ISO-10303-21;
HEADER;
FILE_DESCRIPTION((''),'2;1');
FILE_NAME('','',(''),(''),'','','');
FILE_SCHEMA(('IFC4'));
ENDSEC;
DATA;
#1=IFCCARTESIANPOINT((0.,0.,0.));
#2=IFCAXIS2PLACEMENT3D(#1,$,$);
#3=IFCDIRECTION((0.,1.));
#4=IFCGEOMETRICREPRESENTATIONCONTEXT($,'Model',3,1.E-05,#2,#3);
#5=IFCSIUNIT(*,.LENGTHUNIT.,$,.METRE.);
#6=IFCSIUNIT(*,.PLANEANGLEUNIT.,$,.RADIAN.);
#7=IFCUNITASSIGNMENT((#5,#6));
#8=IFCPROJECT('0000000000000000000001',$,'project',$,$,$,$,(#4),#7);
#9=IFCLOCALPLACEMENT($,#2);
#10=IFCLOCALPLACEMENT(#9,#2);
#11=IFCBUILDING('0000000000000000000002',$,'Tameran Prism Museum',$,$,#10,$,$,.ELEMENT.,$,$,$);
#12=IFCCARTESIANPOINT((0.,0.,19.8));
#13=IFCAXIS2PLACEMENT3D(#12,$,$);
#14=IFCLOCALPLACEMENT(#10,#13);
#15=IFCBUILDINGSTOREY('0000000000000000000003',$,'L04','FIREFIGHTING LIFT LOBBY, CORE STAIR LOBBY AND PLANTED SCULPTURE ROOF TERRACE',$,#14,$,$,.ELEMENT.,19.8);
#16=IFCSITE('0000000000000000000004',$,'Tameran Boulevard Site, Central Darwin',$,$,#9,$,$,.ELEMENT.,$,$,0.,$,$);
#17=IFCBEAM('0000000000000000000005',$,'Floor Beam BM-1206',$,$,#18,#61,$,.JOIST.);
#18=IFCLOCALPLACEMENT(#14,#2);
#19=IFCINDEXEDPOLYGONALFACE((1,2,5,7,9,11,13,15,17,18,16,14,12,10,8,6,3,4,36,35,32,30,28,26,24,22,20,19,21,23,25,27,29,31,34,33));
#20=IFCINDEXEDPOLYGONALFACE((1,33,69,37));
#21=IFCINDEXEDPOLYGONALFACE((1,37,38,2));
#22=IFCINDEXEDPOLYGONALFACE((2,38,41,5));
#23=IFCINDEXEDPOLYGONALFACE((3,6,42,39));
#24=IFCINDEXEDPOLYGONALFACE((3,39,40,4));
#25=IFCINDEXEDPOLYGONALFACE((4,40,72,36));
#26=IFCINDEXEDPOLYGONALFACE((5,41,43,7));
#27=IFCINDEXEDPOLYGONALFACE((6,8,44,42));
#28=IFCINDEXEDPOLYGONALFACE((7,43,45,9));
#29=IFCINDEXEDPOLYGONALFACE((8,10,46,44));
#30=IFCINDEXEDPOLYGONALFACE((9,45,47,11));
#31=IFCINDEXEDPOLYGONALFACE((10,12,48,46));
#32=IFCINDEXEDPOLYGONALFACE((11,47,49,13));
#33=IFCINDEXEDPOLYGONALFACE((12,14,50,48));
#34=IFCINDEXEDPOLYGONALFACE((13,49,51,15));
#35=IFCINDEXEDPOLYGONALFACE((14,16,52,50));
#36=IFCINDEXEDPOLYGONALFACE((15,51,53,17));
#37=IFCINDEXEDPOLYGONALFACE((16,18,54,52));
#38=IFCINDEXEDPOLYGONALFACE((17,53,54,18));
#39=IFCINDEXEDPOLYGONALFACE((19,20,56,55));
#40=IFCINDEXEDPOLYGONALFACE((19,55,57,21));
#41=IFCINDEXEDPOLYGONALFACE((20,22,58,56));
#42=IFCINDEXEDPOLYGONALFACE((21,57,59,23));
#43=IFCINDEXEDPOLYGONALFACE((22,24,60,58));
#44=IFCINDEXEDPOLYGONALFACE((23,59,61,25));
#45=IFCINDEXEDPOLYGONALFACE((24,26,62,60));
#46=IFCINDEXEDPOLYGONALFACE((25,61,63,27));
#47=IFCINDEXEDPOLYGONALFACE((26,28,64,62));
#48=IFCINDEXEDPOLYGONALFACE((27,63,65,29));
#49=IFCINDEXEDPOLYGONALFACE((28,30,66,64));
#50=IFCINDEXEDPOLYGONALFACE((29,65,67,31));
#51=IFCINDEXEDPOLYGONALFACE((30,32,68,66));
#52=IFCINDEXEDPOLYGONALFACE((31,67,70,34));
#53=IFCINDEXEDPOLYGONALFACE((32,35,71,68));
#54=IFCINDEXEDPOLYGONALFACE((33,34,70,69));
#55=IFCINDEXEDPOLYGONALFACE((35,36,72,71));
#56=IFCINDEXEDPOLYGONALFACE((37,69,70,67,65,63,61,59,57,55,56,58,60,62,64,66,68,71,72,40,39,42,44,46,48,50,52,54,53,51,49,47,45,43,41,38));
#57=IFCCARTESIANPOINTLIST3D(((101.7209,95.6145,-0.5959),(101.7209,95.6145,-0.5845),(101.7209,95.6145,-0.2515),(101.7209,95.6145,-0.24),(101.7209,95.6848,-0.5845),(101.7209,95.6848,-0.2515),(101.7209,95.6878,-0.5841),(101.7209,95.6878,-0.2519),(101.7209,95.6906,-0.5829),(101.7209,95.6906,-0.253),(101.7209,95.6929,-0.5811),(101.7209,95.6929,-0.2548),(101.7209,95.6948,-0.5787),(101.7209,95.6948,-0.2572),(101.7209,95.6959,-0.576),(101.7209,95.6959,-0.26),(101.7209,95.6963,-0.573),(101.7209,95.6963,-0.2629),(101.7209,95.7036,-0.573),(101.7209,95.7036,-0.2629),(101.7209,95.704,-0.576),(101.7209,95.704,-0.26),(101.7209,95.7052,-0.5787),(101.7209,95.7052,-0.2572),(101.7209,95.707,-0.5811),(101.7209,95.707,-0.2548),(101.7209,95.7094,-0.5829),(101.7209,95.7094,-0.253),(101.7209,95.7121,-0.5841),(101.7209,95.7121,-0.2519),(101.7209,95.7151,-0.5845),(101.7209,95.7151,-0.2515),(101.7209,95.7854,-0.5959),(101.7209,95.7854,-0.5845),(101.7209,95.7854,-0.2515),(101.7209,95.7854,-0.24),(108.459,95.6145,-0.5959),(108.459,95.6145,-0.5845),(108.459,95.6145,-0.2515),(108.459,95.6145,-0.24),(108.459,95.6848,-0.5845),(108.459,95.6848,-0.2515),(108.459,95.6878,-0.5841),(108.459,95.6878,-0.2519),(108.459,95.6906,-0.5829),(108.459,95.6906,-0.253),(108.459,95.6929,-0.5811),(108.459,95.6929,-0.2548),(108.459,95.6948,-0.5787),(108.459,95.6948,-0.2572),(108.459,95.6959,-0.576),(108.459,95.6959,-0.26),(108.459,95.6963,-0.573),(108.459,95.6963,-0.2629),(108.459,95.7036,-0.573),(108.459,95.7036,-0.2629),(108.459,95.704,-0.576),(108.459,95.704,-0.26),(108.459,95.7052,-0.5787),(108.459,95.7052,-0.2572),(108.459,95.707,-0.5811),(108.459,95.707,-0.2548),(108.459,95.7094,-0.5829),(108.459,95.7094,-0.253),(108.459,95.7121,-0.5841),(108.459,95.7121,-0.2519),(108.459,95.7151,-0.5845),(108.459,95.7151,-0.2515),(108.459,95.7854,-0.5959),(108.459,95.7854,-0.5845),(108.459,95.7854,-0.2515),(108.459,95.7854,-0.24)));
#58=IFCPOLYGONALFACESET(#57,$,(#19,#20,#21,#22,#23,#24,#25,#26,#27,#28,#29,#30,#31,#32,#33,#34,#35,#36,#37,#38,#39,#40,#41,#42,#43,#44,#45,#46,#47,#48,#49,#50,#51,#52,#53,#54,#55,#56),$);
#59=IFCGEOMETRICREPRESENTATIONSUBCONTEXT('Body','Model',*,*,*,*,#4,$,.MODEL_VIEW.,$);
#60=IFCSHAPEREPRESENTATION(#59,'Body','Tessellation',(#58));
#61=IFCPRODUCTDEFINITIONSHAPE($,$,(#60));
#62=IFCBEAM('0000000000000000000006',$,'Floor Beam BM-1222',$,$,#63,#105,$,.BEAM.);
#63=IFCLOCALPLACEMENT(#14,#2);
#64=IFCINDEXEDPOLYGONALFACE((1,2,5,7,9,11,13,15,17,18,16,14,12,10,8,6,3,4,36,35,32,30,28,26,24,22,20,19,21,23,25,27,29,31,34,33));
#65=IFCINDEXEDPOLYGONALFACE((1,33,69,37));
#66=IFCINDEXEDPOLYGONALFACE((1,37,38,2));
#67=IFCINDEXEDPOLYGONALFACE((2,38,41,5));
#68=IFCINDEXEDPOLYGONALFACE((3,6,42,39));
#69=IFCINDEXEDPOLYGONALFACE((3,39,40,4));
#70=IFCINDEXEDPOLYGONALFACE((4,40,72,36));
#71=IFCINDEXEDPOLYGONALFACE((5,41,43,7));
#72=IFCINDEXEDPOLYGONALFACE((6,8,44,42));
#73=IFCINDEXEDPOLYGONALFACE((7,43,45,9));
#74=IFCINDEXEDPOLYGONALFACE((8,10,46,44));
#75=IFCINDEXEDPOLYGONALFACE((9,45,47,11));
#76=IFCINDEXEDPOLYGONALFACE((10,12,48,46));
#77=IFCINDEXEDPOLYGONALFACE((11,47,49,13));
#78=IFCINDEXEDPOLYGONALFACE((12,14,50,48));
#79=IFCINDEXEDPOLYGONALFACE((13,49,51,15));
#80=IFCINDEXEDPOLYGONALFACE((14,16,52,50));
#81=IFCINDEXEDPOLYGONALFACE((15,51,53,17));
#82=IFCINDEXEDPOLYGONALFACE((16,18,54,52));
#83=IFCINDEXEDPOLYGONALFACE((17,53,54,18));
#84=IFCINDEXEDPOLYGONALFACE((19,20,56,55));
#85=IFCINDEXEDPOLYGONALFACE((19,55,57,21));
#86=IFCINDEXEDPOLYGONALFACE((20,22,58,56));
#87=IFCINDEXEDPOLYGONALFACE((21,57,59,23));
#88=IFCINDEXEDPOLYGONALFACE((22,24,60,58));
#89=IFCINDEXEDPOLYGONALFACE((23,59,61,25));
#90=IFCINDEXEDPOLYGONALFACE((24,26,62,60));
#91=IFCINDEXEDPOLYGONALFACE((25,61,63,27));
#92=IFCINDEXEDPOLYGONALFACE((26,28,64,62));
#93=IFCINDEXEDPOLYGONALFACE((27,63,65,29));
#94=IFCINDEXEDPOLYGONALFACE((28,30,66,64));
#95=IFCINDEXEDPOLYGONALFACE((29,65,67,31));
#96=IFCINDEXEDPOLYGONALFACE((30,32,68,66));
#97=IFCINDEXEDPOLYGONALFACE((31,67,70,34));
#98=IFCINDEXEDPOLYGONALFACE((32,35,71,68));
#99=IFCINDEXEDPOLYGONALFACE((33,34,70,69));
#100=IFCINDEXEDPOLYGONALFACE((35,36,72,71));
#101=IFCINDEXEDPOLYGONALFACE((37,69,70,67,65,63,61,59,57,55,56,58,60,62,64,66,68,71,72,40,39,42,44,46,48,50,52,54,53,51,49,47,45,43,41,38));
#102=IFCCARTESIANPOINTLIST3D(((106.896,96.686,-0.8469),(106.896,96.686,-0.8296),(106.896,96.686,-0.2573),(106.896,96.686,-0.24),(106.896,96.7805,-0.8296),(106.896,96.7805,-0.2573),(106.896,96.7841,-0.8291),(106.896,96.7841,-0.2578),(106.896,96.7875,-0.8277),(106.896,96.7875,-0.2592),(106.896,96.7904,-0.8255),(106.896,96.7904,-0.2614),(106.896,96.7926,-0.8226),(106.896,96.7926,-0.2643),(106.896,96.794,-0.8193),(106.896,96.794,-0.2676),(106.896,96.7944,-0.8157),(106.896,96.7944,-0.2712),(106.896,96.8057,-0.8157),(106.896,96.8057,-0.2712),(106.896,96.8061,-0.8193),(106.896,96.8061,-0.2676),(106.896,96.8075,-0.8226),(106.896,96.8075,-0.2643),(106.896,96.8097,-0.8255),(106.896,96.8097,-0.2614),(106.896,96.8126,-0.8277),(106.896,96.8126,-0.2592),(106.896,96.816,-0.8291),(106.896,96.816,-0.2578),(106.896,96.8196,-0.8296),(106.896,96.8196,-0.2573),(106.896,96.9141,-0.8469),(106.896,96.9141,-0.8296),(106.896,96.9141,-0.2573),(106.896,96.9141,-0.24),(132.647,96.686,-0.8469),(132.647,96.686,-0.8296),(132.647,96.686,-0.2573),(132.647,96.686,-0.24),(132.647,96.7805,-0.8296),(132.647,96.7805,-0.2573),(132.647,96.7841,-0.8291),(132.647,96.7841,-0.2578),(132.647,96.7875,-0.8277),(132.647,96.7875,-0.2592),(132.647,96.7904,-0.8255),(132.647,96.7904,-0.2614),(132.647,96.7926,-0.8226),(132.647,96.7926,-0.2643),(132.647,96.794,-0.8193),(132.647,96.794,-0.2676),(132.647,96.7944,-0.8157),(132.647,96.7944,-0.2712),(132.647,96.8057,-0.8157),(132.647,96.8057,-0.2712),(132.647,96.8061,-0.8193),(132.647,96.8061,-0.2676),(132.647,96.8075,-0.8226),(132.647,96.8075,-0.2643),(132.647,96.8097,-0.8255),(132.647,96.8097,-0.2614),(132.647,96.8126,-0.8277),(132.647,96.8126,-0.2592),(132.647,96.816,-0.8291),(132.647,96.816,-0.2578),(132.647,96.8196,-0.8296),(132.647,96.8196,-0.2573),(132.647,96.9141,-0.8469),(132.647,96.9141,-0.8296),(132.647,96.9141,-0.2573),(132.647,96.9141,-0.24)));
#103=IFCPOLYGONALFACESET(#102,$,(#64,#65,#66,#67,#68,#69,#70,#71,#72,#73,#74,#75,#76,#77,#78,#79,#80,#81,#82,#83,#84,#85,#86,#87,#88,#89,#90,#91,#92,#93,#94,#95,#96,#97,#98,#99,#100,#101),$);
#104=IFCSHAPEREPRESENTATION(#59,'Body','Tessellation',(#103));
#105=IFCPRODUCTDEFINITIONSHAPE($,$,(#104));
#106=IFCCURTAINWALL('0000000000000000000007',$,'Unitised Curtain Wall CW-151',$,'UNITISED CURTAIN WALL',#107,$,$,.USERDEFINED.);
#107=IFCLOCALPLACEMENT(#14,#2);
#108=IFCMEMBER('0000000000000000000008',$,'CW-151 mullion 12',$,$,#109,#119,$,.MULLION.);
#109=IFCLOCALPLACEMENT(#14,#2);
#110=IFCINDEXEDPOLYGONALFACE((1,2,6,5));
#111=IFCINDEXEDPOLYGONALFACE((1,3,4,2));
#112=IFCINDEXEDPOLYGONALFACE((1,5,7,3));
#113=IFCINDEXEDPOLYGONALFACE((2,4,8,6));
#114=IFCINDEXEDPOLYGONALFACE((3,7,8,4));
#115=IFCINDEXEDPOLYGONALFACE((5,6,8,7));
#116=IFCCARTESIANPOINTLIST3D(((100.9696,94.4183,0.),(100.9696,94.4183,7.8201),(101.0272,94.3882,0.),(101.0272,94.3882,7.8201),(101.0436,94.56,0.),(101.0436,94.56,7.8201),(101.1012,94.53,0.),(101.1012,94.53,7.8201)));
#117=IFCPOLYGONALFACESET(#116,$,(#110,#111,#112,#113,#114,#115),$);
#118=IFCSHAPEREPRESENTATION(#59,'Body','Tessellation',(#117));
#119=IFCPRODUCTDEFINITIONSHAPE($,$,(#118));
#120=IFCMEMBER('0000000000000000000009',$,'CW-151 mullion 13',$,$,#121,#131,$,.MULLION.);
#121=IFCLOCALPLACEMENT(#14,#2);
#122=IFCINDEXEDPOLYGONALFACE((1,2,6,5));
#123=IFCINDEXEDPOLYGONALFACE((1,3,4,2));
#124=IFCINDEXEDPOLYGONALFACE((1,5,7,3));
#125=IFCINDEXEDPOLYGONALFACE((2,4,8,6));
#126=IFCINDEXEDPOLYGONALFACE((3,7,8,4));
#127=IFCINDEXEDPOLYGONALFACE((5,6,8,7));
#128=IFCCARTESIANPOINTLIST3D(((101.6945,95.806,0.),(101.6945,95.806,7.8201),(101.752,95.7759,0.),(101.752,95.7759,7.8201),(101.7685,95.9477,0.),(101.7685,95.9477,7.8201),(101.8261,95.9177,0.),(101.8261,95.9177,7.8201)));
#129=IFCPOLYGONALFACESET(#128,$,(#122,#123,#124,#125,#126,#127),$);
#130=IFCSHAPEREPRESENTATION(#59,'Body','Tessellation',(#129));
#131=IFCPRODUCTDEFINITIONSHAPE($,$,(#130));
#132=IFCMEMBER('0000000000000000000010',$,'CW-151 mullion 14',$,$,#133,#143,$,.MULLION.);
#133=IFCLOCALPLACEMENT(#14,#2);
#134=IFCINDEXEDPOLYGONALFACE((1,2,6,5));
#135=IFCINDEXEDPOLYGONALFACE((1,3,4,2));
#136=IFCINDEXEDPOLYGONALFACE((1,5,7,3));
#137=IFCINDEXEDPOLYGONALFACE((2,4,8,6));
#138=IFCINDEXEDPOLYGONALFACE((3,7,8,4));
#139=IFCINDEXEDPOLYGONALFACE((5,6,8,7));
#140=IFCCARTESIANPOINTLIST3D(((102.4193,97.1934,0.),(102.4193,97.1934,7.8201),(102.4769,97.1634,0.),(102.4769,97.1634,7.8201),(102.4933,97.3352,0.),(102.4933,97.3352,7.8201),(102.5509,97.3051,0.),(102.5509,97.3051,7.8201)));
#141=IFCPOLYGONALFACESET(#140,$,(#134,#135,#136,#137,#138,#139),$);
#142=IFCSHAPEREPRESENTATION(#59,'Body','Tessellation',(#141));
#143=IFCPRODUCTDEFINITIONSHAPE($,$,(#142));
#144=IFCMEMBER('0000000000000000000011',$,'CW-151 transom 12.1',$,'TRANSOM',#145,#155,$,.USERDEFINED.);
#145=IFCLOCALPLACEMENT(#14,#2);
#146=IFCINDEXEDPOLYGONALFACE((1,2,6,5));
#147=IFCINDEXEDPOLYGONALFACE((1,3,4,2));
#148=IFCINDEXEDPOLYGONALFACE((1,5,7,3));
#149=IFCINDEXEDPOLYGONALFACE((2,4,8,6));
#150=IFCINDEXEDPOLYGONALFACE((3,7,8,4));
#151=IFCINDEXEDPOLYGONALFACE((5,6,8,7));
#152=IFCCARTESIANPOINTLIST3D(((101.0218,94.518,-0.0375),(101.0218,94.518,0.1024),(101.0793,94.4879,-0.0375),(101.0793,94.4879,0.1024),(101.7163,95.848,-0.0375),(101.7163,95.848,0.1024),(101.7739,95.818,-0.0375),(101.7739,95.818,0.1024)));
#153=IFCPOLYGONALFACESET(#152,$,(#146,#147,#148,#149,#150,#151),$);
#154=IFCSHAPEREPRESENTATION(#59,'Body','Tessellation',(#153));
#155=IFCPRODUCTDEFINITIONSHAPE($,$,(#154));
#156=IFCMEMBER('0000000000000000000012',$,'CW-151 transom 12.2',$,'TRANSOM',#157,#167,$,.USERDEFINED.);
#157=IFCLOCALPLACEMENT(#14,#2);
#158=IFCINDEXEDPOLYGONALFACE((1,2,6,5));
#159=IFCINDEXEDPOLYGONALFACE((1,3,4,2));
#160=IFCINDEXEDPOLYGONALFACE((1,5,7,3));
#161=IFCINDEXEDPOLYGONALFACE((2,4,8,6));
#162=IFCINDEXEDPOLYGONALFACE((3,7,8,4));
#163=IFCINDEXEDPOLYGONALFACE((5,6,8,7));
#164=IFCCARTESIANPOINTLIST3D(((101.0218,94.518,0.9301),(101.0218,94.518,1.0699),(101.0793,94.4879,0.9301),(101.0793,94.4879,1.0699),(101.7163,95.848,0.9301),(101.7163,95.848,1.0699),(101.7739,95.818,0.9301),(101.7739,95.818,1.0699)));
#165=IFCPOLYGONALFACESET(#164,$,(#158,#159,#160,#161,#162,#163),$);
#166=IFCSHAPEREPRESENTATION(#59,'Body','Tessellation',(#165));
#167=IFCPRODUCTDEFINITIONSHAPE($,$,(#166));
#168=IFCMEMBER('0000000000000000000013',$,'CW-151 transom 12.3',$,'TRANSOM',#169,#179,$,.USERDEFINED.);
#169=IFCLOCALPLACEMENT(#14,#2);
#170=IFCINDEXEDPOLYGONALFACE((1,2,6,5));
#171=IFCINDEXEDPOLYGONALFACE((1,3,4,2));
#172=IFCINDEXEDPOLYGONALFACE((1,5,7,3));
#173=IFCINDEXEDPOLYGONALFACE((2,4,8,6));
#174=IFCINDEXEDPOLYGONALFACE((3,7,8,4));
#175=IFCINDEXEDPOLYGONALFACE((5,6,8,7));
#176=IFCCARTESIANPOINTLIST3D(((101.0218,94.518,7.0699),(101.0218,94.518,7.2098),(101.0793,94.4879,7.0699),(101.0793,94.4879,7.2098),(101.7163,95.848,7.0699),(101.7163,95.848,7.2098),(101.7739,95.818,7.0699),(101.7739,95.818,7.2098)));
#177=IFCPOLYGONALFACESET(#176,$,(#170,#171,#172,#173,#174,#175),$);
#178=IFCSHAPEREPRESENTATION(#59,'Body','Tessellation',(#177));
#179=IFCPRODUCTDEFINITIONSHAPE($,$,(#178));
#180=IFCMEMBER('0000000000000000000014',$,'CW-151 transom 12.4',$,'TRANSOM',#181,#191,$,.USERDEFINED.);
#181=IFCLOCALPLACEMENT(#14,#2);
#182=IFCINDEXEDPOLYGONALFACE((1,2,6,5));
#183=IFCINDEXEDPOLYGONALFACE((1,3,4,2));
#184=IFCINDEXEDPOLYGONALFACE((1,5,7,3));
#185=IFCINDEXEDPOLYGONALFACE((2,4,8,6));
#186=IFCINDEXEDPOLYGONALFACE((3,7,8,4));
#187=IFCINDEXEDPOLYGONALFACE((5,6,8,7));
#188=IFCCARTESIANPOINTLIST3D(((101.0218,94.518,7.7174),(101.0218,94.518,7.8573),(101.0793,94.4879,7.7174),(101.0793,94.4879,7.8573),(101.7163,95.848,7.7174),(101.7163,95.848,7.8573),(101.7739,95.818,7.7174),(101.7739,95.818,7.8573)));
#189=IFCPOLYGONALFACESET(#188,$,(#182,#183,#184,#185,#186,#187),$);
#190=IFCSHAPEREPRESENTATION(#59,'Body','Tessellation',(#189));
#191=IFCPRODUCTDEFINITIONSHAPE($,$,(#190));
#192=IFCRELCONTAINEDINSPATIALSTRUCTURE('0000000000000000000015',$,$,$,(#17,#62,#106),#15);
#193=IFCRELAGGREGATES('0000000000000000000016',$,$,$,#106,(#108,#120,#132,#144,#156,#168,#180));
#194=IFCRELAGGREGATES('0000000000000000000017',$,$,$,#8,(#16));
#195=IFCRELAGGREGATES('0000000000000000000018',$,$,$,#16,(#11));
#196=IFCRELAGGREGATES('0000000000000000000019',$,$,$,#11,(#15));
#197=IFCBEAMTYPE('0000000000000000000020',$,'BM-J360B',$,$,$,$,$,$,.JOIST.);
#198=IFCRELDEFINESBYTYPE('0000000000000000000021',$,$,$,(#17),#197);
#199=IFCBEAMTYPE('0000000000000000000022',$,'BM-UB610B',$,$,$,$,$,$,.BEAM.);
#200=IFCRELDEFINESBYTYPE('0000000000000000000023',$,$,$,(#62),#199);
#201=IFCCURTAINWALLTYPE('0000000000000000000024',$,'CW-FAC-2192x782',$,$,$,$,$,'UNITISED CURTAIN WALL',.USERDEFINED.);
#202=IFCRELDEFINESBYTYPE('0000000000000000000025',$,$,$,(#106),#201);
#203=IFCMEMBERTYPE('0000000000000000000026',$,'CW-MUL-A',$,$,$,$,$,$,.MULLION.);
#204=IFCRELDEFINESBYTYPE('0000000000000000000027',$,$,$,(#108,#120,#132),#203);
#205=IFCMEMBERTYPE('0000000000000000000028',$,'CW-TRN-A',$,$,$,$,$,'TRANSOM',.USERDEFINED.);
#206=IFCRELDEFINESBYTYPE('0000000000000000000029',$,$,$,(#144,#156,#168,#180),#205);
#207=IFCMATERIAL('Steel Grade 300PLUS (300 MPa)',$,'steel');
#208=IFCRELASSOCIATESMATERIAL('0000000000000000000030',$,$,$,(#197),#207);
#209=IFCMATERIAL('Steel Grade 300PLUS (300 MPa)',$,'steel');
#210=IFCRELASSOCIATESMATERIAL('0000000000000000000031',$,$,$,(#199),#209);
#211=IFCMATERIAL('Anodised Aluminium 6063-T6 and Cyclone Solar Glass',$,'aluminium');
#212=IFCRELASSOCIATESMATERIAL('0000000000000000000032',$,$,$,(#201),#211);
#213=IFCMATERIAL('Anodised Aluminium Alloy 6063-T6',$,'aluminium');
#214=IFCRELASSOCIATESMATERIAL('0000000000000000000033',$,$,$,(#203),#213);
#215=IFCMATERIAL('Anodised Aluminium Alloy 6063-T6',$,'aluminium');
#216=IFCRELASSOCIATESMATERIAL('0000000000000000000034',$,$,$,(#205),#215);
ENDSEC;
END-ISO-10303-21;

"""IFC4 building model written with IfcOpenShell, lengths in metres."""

from ifc_helpers import new_model, si_unit, direction, frame, origin, origin_2d, place, context, subcontext, project, spatial, rectangle, i_section, extrude, material, material_profile, profile_set, type_object, element, aggregate, save


model = new_model("IFC4")

# Units and contexts
model_context = context("Model", 3, precision=1e-05, world=origin(), true_north=direction((0.0, 1.0)))
body_context = subcontext(model_context, "Body", "Model", "MODEL_VIEW")
ifc_project = project(units=[si_unit("LENGTHUNIT", "METRE"), si_unit("PLANEANGLEUNIT", "RADIAN")], contexts=[model_context])

# Site, building, storey
site_placement = place(None, origin())
site = spatial("IfcSite", under=ifc_project, at=site_placement, Name="Tameran Boulevard Site, Central Darwin", CompositionType="ELEMENT", RefElevation=0.0)
building_placement = place(site_placement, origin())
building = spatial("IfcBuilding", under=site, at=building_placement, Name="Tameran Prism Museum", CompositionType="ELEMENT")
storey_placement = place(building_placement, frame((0.0, 0.0, 19.8)))
storey = spatial("IfcBuildingStorey", under=building, at=storey_placement, Name="L04", Description="FIREFIGHTING LIFT LOBBY, CORE STAIR LOBBY AND PLANTED SCULPTURE ROOF TERRACE", CompositionType="ELEMENT", Elevation=19.8)

# Beams
ifc_material_1 = material(Name="Steel Grade 300PLUS (300 MPa)", Category="steel")
ifc_material_profile_1 = material_profile(ifc_material_1, i_section(OverallWidth=0.1709, OverallDepth=0.356, WebThickness=0.0073, FlangeThickness=0.0115, FilletRadius=0.0115, at=origin_2d()))
ifc_profile_set_1 = profile_set([ifc_material_profile_1])
beam_type_1 = type_object("IfcBeamType", Name="BM-J360B", PredefinedType="JOIST", material=ifc_profile_set_1)
beam_1_placement = place(storey_placement, frame((101.7209, 95.7, -0.418), z_axis=(1.0, 0.0, 0.0), x_axis=(0.0, 1.0, 0.0)))
element("IfcBeam", 1, at=beam_1_placement, inside=storey, type_object=beam_type_1, Name="Floor Beam BM-1206", PredefinedType="JOIST", context=body_context, shape_type="SweptSolid", body=[
    extrude(i_section(OverallWidth=0.1709, OverallDepth=0.356, WebThickness=0.0073, FlangeThickness=0.0115, FilletRadius=0.0115, at=origin_2d()), origin(), (0.0, 0.0, 1.0), 6.738),
])
ifc_material_2 = material(Name="Steel Grade 300PLUS (300 MPa)", Category="steel")
ifc_material_profile_2 = material_profile(ifc_material_2, i_section(OverallWidth=0.228, OverallDepth=0.6069, WebThickness=0.0112, FlangeThickness=0.0173, FilletRadius=0.0139, at=origin_2d()))
ifc_profile_set_2 = profile_set([ifc_material_profile_2])
beam_type_2 = type_object("IfcBeamType", Name="BM-UB610B", PredefinedType="BEAM", material=ifc_profile_set_2)
beam_2_placement = place(storey_placement, frame((106.896, 96.8, -0.5435), z_axis=(1.0, 0.0, 0.0), x_axis=(0.0, 1.0, 0.0)))
element("IfcBeam", 2, at=beam_2_placement, inside=storey, type_object=beam_type_2, Name="Floor Beam BM-1222", PredefinedType="BEAM", context=body_context, shape_type="SweptSolid", body=[
    extrude(i_section(OverallWidth=0.228, OverallDepth=0.6069, WebThickness=0.0112, FlangeThickness=0.0173, FilletRadius=0.0139, at=origin_2d()), origin(), (0.0, 0.0, 1.0), 25.751),
])

# Curtain wall, members
ifc_material_3 = material(Name="Anodised Aluminium 6063-T6 and Cyclone Solar Glass", Category="aluminium")
curtain_wall_type = type_object("IfcCurtainWallType", Name="CW-FAC-2192x782", ElementType="UNITISED CURTAIN WALL", PredefinedType="USERDEFINED", material=ifc_material_3)
curtain_wall_placement = place(storey_placement, origin())
curtain_wall = element("IfcCurtainWall", 3, at=curtain_wall_placement, inside=storey, type_object=curtain_wall_type, Name="Unitised Curtain Wall CW-151", ObjectType="UNITISED CURTAIN WALL", PredefinedType="USERDEFINED")
ifc_material_4 = material(Name="Anodised Aluminium Alloy 6063-T6", Category="aluminium")
ifc_material_profile_3 = material_profile(ifc_material_4, rectangle(XDim=0.0649, YDim=0.1599, at=origin_2d()))
ifc_profile_set_3 = profile_set([ifc_material_profile_3])
member_type_1 = type_object("IfcMemberType", Name="CW-MUL-A", PredefinedType="MULLION", material=ifc_profile_set_3)
member_1_placement = place(storey_placement, frame((101.0354, 94.4741, 0.0), z_axis=(0.0, 0.0, 1.0), x_axis=(-0.886357, 0.463003, 0.0)))
member_1 = element("IfcMember", 4, at=member_1_placement, type_object=member_type_1, Name="CW-151 mullion 12", PredefinedType="MULLION", context=body_context, shape_type="SweptSolid", body=[
    extrude(rectangle(XDim=0.0649, YDim=0.1599, at=origin_2d()), origin(), (0.0, 0.0, 1.0), 7.8201),
])
member_2_placement = place(storey_placement, frame((101.7603, 95.8618, 0.0), z_axis=(0.0, 0.0, 1.0), x_axis=(-0.886357, 0.463003, 0.0)))
member_2 = element("IfcMember", 5, at=member_2_placement, type_object=member_type_1, Name="CW-151 mullion 13", PredefinedType="MULLION", context=body_context, shape_type="SweptSolid", body=[
    extrude(rectangle(XDim=0.0649, YDim=0.1599, at=origin_2d()), origin(), (0.0, 0.0, 1.0), 7.8201),
])
member_3_placement = place(storey_placement, frame((102.4851, 97.2493, 0.0), z_axis=(0.0, 0.0, 1.0), x_axis=(-0.886357, 0.463003, 0.0)))
member_3 = element("IfcMember", 6, at=member_3_placement, type_object=member_type_1, Name="CW-151 mullion 14", PredefinedType="MULLION", context=body_context, shape_type="SweptSolid", body=[
    extrude(rectangle(XDim=0.0649, YDim=0.1599, at=origin_2d()), origin(), (0.0, 0.0, 1.0), 7.8201),
])
ifc_material_5 = material(Name="Anodised Aluminium Alloy 6063-T6", Category="aluminium")
ifc_material_profile_4 = material_profile(ifc_material_5, rectangle(XDim=0.0649, YDim=0.1399, at=origin_2d()))
ifc_profile_set_4 = profile_set([ifc_material_profile_4])
member_type_2 = type_object("IfcMemberType", Name="CW-TRN-A", ElementType="TRANSOM", PredefinedType="USERDEFINED", material=ifc_profile_set_4)
member_4_placement = place(storey_placement, frame((101.0505, 94.5029, 0.0325), z_axis=(0.462894, 0.886414, 0.0), x_axis=(-0.886414, 0.462894, 0.0)))
member_4 = element("IfcMember", 7, at=member_4_placement, type_object=member_type_2, Name="CW-151 transom 12.1", ObjectType="TRANSOM", PredefinedType="USERDEFINED", context=body_context, shape_type="SweptSolid", body=[
    extrude(rectangle(XDim=0.0649, YDim=0.1399, at=origin_2d()), origin(), (0.0, 0.0, 1.0), 1.5005),
])
member_5_placement = place(storey_placement, frame((101.0505, 94.5029, 1.0), z_axis=(0.462894, 0.886414, 0.0), x_axis=(-0.886414, 0.462894, 0.0)))
member_5 = element("IfcMember", 8, at=member_5_placement, type_object=member_type_2, Name="CW-151 transom 12.2", ObjectType="TRANSOM", PredefinedType="USERDEFINED", context=body_context, shape_type="SweptSolid", body=[
    extrude(rectangle(XDim=0.0649, YDim=0.1399, at=origin_2d()), origin(), (0.0, 0.0, 1.0), 1.5005),
])
member_6_placement = place(storey_placement, frame((101.0505, 94.5029, 7.1399), z_axis=(0.462894, 0.886414, 0.0), x_axis=(-0.886414, 0.462894, 0.0)))
member_6 = element("IfcMember", 9, at=member_6_placement, type_object=member_type_2, Name="CW-151 transom 12.3", ObjectType="TRANSOM", PredefinedType="USERDEFINED", context=body_context, shape_type="SweptSolid", body=[
    extrude(rectangle(XDim=0.0649, YDim=0.1399, at=origin_2d()), origin(), (0.0, 0.0, 1.0), 1.5005),
])
member_7_placement = place(storey_placement, frame((101.0505, 94.5029, 7.7874), z_axis=(0.462894, 0.886414, 0.0), x_axis=(-0.886414, 0.462894, 0.0)))
member_7 = element("IfcMember", 10, at=member_7_placement, type_object=member_type_2, Name="CW-151 transom 12.4", ObjectType="TRANSOM", PredefinedType="USERDEFINED", context=body_context, shape_type="SweptSolid", body=[
    extrude(rectangle(XDim=0.0649, YDim=0.1399, at=origin_2d()), origin(), (0.0, 0.0, 1.0), 1.5005),
])
aggregate(curtain_wall, [member_1, member_2, member_3, member_4, member_5, member_6, member_7])

save(model, "model.ifc")
